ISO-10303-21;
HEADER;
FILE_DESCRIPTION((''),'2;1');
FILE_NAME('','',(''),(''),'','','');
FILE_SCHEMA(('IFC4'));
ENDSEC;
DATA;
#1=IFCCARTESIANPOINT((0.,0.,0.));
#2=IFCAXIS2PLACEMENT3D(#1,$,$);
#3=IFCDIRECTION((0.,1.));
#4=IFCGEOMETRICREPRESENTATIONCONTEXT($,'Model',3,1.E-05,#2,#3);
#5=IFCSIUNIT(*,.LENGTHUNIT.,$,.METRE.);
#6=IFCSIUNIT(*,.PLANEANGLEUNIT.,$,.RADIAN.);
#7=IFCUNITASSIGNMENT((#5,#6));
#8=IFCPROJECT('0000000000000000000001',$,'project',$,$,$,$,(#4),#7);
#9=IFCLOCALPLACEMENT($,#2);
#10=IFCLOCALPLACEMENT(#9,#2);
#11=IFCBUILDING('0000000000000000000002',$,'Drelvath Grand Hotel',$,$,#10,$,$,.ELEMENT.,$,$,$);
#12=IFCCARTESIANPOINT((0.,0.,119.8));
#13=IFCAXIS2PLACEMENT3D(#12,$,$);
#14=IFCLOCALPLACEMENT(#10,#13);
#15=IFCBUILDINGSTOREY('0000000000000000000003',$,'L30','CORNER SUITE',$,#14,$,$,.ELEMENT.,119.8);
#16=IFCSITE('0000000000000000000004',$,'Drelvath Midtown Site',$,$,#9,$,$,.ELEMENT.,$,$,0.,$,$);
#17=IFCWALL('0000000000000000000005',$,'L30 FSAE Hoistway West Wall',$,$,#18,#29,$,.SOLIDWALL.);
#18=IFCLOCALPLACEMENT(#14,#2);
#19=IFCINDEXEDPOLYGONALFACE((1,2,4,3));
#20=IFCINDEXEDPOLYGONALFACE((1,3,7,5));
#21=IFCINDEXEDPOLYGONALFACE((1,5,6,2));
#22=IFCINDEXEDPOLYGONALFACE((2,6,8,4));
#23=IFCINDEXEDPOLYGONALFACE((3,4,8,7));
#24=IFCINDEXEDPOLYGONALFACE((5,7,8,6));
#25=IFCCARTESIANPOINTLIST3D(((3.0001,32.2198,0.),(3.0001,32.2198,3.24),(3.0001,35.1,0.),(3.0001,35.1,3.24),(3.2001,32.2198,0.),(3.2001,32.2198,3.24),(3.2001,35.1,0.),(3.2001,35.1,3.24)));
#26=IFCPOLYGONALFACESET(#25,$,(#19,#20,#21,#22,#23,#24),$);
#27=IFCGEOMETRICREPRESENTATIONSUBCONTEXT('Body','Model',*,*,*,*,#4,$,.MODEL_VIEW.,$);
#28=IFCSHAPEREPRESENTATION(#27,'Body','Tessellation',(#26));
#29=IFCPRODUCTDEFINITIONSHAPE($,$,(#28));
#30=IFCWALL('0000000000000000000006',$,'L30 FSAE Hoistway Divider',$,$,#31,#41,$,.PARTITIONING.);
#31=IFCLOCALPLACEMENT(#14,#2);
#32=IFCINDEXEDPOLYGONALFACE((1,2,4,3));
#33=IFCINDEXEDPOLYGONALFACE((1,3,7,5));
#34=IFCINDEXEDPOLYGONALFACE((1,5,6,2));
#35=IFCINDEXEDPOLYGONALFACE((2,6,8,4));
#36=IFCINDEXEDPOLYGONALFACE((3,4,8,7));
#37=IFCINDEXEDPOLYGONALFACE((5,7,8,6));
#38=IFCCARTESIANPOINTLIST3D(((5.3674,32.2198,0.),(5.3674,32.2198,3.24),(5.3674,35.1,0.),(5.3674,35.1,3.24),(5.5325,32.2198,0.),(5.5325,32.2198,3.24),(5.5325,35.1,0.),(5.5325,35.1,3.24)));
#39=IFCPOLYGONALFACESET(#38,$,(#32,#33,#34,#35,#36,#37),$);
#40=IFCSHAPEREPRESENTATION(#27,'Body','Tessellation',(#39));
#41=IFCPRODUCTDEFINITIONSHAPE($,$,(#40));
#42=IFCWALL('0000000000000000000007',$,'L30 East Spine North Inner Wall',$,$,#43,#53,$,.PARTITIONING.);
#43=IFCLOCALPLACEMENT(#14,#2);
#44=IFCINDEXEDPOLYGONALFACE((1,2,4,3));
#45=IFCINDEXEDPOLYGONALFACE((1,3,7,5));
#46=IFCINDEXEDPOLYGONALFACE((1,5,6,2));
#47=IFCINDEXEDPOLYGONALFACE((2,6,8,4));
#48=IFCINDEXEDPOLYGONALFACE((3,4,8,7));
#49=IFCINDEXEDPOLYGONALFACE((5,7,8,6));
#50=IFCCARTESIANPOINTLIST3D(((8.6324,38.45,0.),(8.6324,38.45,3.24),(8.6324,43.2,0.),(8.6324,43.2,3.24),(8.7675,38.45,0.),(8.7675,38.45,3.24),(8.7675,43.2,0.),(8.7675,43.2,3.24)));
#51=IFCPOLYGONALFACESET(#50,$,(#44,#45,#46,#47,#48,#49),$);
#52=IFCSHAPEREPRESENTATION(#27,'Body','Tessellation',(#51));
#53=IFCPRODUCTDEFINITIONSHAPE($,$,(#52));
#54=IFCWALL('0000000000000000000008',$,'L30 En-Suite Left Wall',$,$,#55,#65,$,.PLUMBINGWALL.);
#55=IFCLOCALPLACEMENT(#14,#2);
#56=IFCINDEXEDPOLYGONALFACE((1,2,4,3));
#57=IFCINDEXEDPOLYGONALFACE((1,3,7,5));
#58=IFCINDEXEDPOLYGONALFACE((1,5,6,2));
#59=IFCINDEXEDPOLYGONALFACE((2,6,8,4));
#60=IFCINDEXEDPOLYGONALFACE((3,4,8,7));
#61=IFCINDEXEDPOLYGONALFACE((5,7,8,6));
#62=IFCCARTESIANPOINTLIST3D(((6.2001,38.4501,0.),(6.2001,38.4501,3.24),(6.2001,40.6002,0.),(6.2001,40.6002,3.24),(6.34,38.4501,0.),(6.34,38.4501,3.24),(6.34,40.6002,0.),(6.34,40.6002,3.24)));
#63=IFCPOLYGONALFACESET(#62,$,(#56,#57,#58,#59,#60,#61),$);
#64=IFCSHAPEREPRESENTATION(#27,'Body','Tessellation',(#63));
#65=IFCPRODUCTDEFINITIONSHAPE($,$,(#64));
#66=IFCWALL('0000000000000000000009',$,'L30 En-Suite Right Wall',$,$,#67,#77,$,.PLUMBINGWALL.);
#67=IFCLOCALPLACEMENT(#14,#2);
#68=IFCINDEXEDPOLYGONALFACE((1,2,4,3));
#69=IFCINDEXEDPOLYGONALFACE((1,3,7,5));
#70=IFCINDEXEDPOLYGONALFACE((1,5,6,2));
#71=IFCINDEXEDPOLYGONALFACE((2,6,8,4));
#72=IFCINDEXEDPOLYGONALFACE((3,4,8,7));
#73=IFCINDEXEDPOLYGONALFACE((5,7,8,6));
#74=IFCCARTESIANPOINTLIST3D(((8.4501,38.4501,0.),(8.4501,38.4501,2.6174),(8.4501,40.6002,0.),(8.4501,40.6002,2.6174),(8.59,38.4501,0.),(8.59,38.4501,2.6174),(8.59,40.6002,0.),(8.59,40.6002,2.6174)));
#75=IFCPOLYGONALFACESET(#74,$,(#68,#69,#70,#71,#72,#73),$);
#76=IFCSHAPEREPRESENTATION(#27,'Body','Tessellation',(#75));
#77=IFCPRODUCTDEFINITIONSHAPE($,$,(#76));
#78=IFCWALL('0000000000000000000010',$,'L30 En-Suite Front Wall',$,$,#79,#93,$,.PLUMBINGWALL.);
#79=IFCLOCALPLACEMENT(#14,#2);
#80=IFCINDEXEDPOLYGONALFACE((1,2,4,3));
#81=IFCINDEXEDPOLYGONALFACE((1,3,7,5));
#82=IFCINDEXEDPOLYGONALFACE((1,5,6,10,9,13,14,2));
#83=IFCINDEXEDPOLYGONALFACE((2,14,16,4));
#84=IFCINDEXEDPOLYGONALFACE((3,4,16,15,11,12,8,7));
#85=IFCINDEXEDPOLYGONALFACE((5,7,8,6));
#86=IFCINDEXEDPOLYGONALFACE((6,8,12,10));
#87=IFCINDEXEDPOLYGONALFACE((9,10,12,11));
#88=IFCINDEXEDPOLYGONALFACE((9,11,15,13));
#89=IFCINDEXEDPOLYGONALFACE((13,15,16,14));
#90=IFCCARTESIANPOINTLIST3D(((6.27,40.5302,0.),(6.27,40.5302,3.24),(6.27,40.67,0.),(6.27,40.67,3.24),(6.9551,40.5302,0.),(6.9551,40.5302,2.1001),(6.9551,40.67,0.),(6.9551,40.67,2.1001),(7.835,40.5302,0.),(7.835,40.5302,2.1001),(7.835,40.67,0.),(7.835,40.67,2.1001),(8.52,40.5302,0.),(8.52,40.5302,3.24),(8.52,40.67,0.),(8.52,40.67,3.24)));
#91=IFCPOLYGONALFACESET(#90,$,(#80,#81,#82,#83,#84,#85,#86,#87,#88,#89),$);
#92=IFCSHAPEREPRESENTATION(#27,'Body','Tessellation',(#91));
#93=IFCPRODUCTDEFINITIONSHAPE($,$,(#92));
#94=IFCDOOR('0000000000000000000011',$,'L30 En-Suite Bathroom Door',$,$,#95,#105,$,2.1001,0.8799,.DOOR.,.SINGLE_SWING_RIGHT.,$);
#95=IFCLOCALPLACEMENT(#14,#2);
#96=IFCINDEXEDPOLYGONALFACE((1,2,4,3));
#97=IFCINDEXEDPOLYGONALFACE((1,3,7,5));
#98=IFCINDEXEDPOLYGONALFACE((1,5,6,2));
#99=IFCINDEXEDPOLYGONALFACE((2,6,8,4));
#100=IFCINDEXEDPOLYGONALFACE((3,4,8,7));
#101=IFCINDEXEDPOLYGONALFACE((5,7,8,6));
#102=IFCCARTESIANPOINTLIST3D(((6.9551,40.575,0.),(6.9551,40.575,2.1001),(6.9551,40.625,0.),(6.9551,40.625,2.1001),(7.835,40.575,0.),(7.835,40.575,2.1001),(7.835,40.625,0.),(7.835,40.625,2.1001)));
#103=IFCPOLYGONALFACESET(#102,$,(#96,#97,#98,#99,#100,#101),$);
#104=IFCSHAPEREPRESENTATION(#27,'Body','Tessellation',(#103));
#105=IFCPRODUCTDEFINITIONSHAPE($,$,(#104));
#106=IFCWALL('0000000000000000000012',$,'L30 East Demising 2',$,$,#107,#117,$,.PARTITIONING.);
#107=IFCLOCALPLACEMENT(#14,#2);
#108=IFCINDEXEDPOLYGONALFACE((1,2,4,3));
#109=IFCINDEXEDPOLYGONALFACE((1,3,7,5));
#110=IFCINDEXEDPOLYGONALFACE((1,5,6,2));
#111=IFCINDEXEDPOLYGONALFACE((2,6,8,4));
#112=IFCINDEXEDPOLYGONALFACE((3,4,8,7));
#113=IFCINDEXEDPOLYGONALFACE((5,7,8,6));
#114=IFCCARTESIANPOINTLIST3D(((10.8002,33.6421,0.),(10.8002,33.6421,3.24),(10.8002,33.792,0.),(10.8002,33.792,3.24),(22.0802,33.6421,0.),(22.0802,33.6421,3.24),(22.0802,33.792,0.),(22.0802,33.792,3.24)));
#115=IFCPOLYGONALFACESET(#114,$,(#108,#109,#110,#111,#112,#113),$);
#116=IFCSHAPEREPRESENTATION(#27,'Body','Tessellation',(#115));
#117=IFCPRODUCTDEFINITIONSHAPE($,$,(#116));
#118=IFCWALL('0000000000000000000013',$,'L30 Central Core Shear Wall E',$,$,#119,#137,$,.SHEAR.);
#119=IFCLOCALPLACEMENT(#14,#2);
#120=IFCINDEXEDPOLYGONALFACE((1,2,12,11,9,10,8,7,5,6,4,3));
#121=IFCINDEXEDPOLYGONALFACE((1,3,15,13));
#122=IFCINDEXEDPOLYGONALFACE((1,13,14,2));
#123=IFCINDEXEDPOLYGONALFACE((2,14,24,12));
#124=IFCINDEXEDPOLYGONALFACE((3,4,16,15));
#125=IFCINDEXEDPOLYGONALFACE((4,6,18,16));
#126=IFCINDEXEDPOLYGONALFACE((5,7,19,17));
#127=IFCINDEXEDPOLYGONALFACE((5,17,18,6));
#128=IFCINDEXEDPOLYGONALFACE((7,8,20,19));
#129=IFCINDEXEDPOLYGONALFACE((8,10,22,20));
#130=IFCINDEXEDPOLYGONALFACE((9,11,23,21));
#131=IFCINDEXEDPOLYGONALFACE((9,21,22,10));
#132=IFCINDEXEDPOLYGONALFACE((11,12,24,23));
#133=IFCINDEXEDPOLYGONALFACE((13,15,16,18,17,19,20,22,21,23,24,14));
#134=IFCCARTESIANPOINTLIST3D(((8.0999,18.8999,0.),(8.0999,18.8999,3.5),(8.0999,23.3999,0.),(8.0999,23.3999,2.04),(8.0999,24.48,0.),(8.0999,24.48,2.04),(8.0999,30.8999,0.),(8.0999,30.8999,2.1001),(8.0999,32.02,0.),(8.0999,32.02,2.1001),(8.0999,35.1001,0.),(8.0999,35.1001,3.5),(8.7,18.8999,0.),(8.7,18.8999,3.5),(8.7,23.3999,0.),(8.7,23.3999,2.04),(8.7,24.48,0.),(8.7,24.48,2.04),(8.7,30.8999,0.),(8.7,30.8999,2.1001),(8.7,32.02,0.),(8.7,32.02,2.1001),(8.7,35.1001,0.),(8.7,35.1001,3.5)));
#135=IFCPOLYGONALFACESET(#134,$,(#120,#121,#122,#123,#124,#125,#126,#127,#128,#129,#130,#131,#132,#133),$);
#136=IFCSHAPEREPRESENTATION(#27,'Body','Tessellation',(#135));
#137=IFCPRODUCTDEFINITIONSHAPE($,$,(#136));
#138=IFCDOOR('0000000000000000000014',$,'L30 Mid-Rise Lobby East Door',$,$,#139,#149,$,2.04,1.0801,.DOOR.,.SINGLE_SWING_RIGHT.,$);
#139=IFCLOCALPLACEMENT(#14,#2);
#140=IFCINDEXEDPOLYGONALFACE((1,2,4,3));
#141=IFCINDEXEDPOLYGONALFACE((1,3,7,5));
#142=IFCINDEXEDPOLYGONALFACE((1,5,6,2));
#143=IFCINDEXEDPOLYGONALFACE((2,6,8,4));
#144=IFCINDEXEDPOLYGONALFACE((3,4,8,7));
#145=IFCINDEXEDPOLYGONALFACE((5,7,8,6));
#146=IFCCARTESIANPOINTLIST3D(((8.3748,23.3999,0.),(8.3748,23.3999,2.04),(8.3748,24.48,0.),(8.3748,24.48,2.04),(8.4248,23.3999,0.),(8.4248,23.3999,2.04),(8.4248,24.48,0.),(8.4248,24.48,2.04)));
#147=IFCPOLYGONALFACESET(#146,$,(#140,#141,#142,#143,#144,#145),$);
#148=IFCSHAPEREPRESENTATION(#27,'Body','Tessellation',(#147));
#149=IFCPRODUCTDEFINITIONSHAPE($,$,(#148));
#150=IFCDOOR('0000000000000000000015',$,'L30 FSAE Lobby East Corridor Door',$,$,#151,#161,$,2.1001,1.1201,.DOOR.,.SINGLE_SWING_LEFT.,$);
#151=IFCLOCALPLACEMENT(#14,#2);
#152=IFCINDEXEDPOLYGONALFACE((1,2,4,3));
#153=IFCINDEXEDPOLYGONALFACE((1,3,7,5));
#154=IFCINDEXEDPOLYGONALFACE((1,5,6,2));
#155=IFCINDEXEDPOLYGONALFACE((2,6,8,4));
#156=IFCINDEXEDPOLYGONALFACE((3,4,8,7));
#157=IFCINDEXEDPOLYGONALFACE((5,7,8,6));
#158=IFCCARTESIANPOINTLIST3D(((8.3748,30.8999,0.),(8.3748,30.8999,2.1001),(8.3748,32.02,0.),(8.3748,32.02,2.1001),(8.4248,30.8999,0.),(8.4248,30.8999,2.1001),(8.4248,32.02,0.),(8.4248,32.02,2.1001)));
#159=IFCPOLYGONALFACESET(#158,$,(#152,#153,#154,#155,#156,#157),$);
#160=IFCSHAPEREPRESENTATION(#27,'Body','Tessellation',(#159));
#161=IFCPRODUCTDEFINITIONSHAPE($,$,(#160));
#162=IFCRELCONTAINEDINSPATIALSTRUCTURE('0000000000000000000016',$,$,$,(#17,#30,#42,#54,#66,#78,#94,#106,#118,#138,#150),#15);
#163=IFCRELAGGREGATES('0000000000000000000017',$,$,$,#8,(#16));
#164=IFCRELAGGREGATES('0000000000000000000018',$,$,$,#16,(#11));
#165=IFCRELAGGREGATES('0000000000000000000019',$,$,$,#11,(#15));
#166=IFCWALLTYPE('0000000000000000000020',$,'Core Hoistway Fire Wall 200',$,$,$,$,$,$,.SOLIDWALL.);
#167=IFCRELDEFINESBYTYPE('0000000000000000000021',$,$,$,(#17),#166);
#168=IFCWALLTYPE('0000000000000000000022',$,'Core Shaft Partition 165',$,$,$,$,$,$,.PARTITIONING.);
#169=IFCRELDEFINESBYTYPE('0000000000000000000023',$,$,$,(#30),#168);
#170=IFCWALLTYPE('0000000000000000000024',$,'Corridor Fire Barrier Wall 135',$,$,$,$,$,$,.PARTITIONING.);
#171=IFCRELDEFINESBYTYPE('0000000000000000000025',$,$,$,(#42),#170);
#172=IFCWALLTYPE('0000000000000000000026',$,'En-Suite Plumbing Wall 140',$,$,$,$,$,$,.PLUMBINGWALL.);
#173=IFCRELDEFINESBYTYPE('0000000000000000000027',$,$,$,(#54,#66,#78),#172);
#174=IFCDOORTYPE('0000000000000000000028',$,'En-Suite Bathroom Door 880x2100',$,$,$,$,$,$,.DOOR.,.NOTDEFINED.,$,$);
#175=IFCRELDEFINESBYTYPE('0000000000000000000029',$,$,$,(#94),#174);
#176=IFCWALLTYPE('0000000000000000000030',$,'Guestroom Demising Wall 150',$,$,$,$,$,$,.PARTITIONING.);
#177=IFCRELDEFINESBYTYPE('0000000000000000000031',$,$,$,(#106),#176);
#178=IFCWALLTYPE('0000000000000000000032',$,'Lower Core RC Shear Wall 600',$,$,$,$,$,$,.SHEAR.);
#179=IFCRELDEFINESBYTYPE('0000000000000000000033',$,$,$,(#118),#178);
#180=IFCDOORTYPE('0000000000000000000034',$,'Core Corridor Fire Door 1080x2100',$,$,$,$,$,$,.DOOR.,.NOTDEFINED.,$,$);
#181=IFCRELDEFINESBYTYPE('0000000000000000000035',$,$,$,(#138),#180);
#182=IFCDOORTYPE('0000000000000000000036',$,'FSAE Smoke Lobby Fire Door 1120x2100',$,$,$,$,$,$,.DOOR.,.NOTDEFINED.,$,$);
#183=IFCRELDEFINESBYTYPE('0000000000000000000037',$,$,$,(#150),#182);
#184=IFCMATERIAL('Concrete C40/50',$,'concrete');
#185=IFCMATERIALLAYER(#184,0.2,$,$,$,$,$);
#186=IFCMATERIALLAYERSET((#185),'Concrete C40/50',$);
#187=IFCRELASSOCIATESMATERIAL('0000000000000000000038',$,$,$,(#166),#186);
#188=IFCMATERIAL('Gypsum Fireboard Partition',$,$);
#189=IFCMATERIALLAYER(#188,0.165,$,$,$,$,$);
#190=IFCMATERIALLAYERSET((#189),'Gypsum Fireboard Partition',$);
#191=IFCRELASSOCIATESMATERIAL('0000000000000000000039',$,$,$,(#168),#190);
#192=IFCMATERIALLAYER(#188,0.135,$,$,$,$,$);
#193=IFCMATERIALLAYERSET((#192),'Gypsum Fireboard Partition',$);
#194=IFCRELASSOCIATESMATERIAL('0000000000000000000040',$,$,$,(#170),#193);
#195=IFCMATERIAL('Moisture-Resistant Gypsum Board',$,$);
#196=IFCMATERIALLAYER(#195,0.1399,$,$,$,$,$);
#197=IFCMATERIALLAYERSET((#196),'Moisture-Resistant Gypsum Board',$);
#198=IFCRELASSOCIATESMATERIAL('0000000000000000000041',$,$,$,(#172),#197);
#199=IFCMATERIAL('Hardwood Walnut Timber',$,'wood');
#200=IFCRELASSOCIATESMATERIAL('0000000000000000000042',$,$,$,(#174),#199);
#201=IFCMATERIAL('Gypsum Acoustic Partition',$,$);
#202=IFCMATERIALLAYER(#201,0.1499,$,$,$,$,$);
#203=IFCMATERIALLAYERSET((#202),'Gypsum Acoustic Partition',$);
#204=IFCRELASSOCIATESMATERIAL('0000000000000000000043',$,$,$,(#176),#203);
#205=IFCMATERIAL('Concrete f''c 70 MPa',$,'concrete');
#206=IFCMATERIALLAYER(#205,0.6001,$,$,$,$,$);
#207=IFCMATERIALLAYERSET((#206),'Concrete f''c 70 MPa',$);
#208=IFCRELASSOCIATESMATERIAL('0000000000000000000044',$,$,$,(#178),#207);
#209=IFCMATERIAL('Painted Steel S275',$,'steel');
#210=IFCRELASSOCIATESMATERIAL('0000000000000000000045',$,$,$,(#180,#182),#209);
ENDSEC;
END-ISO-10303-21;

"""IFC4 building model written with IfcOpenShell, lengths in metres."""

from ifc_helpers import new_model, si_unit, direction, frame, frame_2d, origin, place, context, subcontext, project, spatial, rectangle, extrude, material, layer, layer_set, type_object, element, fill, save


model = new_model("IFC4")

# Units and contexts
model_context = context("Model", 3, precision=1e-05, world=origin(), true_north=direction((0.0, 1.0)))
body_context = subcontext(model_context, "Body", "Model", "MODEL_VIEW")
ifc_project = project(units=[si_unit("LENGTHUNIT", "METRE"), si_unit("PLANEANGLEUNIT", "RADIAN")], contexts=[model_context])

# Site, building, storey
site_placement = place(None, origin())
site = spatial("IfcSite", under=ifc_project, at=site_placement, Name="Drelvath Midtown Site", CompositionType="ELEMENT", RefElevation=0.0)
building_placement = place(site_placement, origin())
building = spatial("IfcBuilding", under=site, at=building_placement, Name="Drelvath Grand Hotel", CompositionType="ELEMENT")
storey_placement = place(building_placement, frame((0.0, 0.0, 119.8)))
storey = spatial("IfcBuildingStorey", under=building, at=storey_placement, Name="L30", Description="CORNER SUITE", CompositionType="ELEMENT", Elevation=119.8)

# Shared definitions
ifc_material_1 = material(Name="Concrete C40/50", Category="concrete")
ifc_layer_1 = layer(ifc_material_1, 0.2)
ifc_layer_set_1 = layer_set([ifc_layer_1], Name="Concrete C40/50")
wall_type_1 = type_object("IfcWallType", Name="Core Hoistway Fire Wall 200", PredefinedType="SOLIDWALL", material=ifc_layer_set_1)

# Walls
wall_1_placement = place(storey_placement, frame((3.1001, 32.22, 0.0), z_axis=(0.0, 0.0, 1.0), x_axis=(0.0, 1.0, 0.0)))
element("IfcWall", 1, at=wall_1_placement, inside=storey, type_object=wall_type_1, Name="L30 FSAE Hoistway West Wall", PredefinedType="SOLIDWALL", context=body_context, shape_type="SweptSolid", body=[
    extrude(rectangle(XDim=2.8801, YDim=0.2, at=frame_2d((1.4399, 0.0))), origin(), (0.0, 0.0, 1.0), 3.24),
])
ifc_material_2 = material(Name="Gypsum Fireboard Partition")
ifc_layer_2 = layer(ifc_material_2, 0.165)
ifc_layer_set_2 = layer_set([ifc_layer_2], Name="Gypsum Fireboard Partition")
wall_type_2 = type_object("IfcWallType", Name="Core Shaft Partition 165", PredefinedType="PARTITIONING", material=ifc_layer_set_2)
wall_2_placement = place(storey_placement, frame((5.45, 32.22, 0.0), z_axis=(0.0, 0.0, 1.0), x_axis=(0.0, 1.0, 0.0)))
element("IfcWall", 2, at=wall_2_placement, inside=storey, type_object=wall_type_2, Name="L30 FSAE Hoistway Divider", PredefinedType="PARTITIONING", context=body_context, shape_type="SweptSolid", body=[
    extrude(rectangle(XDim=2.8801, YDim=0.165, at=frame_2d((1.4399, 0.0))), origin(), (0.0, 0.0, 1.0), 3.24),
])
ifc_layer_3 = layer(ifc_material_2, 0.135)
ifc_layer_set_3 = layer_set([ifc_layer_3], Name="Gypsum Fireboard Partition")
wall_type_3 = type_object("IfcWallType", Name="Corridor Fire Barrier Wall 135", PredefinedType="PARTITIONING", material=ifc_layer_set_3)
wall_3_placement = place(storey_placement, frame((8.7, 38.45, 0.0), z_axis=(0.0, 0.0, 1.0), x_axis=(0.0, 1.0, 0.0)))
element("IfcWall", 3, at=wall_3_placement, inside=storey, type_object=wall_type_3, Name="L30 East Spine North Inner Wall", PredefinedType="PARTITIONING", context=body_context, shape_type="SweptSolid", body=[
    extrude(rectangle(XDim=4.75, YDim=0.135, at=frame_2d((2.375, 0.0))), origin(), (0.0, 0.0, 1.0), 3.24),
])
ifc_material_3 = material(Name="Moisture-Resistant Gypsum Board")
ifc_layer_4 = layer(ifc_material_3, 0.1399)
ifc_layer_set_4 = layer_set([ifc_layer_4], Name="Moisture-Resistant Gypsum Board")
wall_type_4 = type_object("IfcWallType", Name="En-Suite Plumbing Wall 140", PredefinedType="PLUMBINGWALL", material=ifc_layer_set_4)
wall_4_placement = place(storey_placement, frame((6.27, 38.45, 0.0), z_axis=(0.0, 0.0, 1.0), x_axis=(0.0, 1.0, 0.0)))
element("IfcWall", 4, at=wall_4_placement, inside=storey, type_object=wall_type_4, Name="L30 En-Suite Left Wall", PredefinedType="PLUMBINGWALL", context=body_context, shape_type="SweptSolid", body=[
    extrude(rectangle(XDim=2.1501, YDim=0.1399, at=frame_2d((1.0752, 0.0))), origin(), (0.0, 0.0, 1.0), 3.24),
])
wall_5_placement = place(storey_placement, frame((8.52, 38.45, 0.0), z_axis=(0.0, 0.0, 1.0), x_axis=(0.0, 1.0, 0.0)))
element("IfcWall", 5, at=wall_5_placement, inside=storey, type_object=wall_type_4, Name="L30 En-Suite Right Wall", PredefinedType="PLUMBINGWALL", context=body_context, shape_type="SweptSolid", body=[
    extrude(rectangle(XDim=2.1501, YDim=0.1399, at=frame_2d((1.0752, 0.0))), origin(), (0.0, 0.0, 1.0), 2.6174),
])

# Wall, opening, door
wall_6_placement = place(storey_placement, frame((6.27, 40.6001, 0.0), z_axis=(0.0, 0.0, 1.0), x_axis=(1.0, 0.0, 0.0)))
wall_6 = element("IfcWall", 6, at=wall_6_placement, inside=storey, type_object=wall_type_4, Name="L30 En-Suite Front Wall", PredefinedType="PLUMBINGWALL", context=body_context, shape_type="SweptSolid", body=[
    extrude(rectangle(XDim=2.25, YDim=0.1399, at=frame_2d((1.125, 0.0))), origin(), (0.0, 0.0, 1.0), 3.24),
])
opening_1_placement = place(wall_6_placement, frame((0.6851, 0.0, 0.0)))
opening_1 = element("IfcOpeningElement", 7, at=opening_1_placement, cuts=wall_6, PredefinedType="OPENING", context=body_context, shape_type="SweptSolid", body=[
    extrude(rectangle(XDim=0.8799, YDim=2.1001, at=frame_2d((0.4399, 1.05))), frame((0.0, 0.0798, 0.0), z_axis=(0.0, -1.0, 0.0), x_axis=(1.0, 0.0, 0.0)), (0.0, 0.0, 1.0), 0.1599),
])
ifc_material_4 = material(Name="Hardwood Walnut Timber", Category="wood")
door_type_1 = type_object("IfcDoorType", Name="En-Suite Bathroom Door 880x2100", OperationType="NOTDEFINED", PredefinedType="DOOR", material=ifc_material_4)
door_1_placement = place(opening_1_placement, origin())
door_1 = element("IfcDoor", 8, at=door_1_placement, inside=storey, type_object=door_type_1, Name="L30 En-Suite Bathroom Door", OperationType="SINGLE_SWING_RIGHT", OverallHeight=2.1001, OverallWidth=0.8799, PredefinedType="DOOR", context=body_context, shape_type="SweptSolid", body=[
    extrude(rectangle(XDim=0.8799, YDim=2.1001, at=frame_2d((0.4399, 1.05))), frame((0.0, 0.0249, 0.0), z_axis=(0.0, -1.0, 0.0), x_axis=(1.0, 0.0, 0.0)), (0.0, 0.0, 1.0), 0.05),
])
fill(opening_1, door_1)

# Wall
ifc_material_5 = material(Name="Gypsum Acoustic Partition")
ifc_layer_5 = layer(ifc_material_5, 0.1499)
ifc_layer_set_5 = layer_set([ifc_layer_5], Name="Gypsum Acoustic Partition")
wall_type_5 = type_object("IfcWallType", Name="Guestroom Demising Wall 150", PredefinedType="PARTITIONING", material=ifc_layer_set_5)
wall_7_placement = place(storey_placement, frame((10.8, 33.717, 0.0), z_axis=(0.0, 0.0, 1.0), x_axis=(1.0, 0.0, 0.0)))
element("IfcWall", 9, at=wall_7_placement, inside=storey, type_object=wall_type_5, Name="L30 East Demising 2", PredefinedType="PARTITIONING", context=body_context, shape_type="SweptSolid", body=[
    extrude(rectangle(XDim=11.28, YDim=0.1499, at=frame_2d((5.6401, 0.0))), origin(), (0.0, 0.0, 1.0), 3.24),
])

# Wall, openings, doors
ifc_material_6 = material(Name="Concrete f'c 70 MPa", Category="concrete")
ifc_layer_6 = layer(ifc_material_6, 0.6001)
ifc_layer_set_6 = layer_set([ifc_layer_6], Name="Concrete f'c 70 MPa")
wall_type_6 = type_object("IfcWallType", Name="Lower Core RC Shear Wall 600", PredefinedType="SHEAR", material=ifc_layer_set_6)
wall_8_placement = place(storey_placement, frame((8.3999, 35.1001, 0.0), z_axis=(0.0, 0.0, 1.0), x_axis=(0.0, -1.0, 0.0)))
wall_8 = element("IfcWall", 10, at=wall_8_placement, inside=storey, type_object=wall_type_6, Name="L30 Central Core Shear Wall E", PredefinedType="SHEAR", context=body_context, shape_type="SweptSolid", body=[
    extrude(rectangle(XDim=16.2002, YDim=0.6001, at=frame_2d((8.1001, 0.0))), origin(), (0.0, 0.0, 1.0), 3.5),
])
opening_2_placement = place(wall_8_placement, frame((3.0801, 0.0, 0.0)))
opening_2 = element("IfcOpeningElement", 11, at=opening_2_placement, cuts=wall_8, PredefinedType="OPENING", context=body_context, shape_type="SweptSolid", body=[
    extrude(rectangle(XDim=1.1201, YDim=2.1001, at=frame_2d((0.5601, 1.05))), frame((0.0, 0.3101, 0.0), z_axis=(0.0, -1.0, 0.0), x_axis=(1.0, 0.0, 0.0)), (0.0, 0.0, 1.0), 0.6201),
])
opening_3_placement = place(wall_8_placement, frame((10.6201, 0.0, 0.0)))
opening_3 = element("IfcOpeningElement", 12, at=opening_3_placement, cuts=wall_8, PredefinedType="OPENING", context=body_context, shape_type="SweptSolid", body=[
    extrude(rectangle(XDim=1.0801, YDim=2.04, at=frame_2d((0.54, 1.02))), frame((0.0, 0.3101, 0.0), z_axis=(0.0, -1.0, 0.0), x_axis=(1.0, 0.0, 0.0)), (0.0, 0.0, 1.0), 0.6201),
])
ifc_material_7 = material(Name="Painted Steel S275", Category="steel")
door_type_2 = type_object("IfcDoorType", Name="Core Corridor Fire Door 1080x2100", OperationType="NOTDEFINED", PredefinedType="DOOR", material=ifc_material_7)
door_2_placement = place(opening_3_placement, origin())
door_2 = element("IfcDoor", 13, at=door_2_placement, inside=storey, type_object=door_type_2, Name="L30 Mid-Rise Lobby East Door", OperationType="SINGLE_SWING_RIGHT", OverallHeight=2.04, OverallWidth=1.0801, PredefinedType="DOOR", context=body_context, shape_type="SweptSolid", body=[
    extrude(rectangle(XDim=1.0801, YDim=2.04, at=frame_2d((0.54, 1.02))), frame((0.0, 0.0249, 0.0), z_axis=(0.0, -1.0, 0.0), x_axis=(1.0, 0.0, 0.0)), (0.0, 0.0, 1.0), 0.05),
])
fill(opening_3, door_2)
door_type_3 = type_object("IfcDoorType", Name="FSAE Smoke Lobby Fire Door 1120x2100", OperationType="NOTDEFINED", PredefinedType="DOOR", material=ifc_material_7)
door_3_placement = place(opening_2_placement, origin())
door_3 = element("IfcDoor", 14, at=door_3_placement, inside=storey, type_object=door_type_3, Name="L30 FSAE Lobby East Corridor Door", OperationType="SINGLE_SWING_LEFT", OverallHeight=2.1001, OverallWidth=1.1201, PredefinedType="DOOR", context=body_context, shape_type="SweptSolid", body=[
    extrude(rectangle(XDim=1.1201, YDim=2.1001, at=frame_2d((0.5601, 1.05))), frame((0.0, 0.0249, 0.0), z_axis=(0.0, -1.0, 0.0), x_axis=(1.0, 0.0, 0.0)), (0.0, 0.0, 1.0), 0.05),
])
fill(opening_2, door_3)

save(model, "model.ifc")
